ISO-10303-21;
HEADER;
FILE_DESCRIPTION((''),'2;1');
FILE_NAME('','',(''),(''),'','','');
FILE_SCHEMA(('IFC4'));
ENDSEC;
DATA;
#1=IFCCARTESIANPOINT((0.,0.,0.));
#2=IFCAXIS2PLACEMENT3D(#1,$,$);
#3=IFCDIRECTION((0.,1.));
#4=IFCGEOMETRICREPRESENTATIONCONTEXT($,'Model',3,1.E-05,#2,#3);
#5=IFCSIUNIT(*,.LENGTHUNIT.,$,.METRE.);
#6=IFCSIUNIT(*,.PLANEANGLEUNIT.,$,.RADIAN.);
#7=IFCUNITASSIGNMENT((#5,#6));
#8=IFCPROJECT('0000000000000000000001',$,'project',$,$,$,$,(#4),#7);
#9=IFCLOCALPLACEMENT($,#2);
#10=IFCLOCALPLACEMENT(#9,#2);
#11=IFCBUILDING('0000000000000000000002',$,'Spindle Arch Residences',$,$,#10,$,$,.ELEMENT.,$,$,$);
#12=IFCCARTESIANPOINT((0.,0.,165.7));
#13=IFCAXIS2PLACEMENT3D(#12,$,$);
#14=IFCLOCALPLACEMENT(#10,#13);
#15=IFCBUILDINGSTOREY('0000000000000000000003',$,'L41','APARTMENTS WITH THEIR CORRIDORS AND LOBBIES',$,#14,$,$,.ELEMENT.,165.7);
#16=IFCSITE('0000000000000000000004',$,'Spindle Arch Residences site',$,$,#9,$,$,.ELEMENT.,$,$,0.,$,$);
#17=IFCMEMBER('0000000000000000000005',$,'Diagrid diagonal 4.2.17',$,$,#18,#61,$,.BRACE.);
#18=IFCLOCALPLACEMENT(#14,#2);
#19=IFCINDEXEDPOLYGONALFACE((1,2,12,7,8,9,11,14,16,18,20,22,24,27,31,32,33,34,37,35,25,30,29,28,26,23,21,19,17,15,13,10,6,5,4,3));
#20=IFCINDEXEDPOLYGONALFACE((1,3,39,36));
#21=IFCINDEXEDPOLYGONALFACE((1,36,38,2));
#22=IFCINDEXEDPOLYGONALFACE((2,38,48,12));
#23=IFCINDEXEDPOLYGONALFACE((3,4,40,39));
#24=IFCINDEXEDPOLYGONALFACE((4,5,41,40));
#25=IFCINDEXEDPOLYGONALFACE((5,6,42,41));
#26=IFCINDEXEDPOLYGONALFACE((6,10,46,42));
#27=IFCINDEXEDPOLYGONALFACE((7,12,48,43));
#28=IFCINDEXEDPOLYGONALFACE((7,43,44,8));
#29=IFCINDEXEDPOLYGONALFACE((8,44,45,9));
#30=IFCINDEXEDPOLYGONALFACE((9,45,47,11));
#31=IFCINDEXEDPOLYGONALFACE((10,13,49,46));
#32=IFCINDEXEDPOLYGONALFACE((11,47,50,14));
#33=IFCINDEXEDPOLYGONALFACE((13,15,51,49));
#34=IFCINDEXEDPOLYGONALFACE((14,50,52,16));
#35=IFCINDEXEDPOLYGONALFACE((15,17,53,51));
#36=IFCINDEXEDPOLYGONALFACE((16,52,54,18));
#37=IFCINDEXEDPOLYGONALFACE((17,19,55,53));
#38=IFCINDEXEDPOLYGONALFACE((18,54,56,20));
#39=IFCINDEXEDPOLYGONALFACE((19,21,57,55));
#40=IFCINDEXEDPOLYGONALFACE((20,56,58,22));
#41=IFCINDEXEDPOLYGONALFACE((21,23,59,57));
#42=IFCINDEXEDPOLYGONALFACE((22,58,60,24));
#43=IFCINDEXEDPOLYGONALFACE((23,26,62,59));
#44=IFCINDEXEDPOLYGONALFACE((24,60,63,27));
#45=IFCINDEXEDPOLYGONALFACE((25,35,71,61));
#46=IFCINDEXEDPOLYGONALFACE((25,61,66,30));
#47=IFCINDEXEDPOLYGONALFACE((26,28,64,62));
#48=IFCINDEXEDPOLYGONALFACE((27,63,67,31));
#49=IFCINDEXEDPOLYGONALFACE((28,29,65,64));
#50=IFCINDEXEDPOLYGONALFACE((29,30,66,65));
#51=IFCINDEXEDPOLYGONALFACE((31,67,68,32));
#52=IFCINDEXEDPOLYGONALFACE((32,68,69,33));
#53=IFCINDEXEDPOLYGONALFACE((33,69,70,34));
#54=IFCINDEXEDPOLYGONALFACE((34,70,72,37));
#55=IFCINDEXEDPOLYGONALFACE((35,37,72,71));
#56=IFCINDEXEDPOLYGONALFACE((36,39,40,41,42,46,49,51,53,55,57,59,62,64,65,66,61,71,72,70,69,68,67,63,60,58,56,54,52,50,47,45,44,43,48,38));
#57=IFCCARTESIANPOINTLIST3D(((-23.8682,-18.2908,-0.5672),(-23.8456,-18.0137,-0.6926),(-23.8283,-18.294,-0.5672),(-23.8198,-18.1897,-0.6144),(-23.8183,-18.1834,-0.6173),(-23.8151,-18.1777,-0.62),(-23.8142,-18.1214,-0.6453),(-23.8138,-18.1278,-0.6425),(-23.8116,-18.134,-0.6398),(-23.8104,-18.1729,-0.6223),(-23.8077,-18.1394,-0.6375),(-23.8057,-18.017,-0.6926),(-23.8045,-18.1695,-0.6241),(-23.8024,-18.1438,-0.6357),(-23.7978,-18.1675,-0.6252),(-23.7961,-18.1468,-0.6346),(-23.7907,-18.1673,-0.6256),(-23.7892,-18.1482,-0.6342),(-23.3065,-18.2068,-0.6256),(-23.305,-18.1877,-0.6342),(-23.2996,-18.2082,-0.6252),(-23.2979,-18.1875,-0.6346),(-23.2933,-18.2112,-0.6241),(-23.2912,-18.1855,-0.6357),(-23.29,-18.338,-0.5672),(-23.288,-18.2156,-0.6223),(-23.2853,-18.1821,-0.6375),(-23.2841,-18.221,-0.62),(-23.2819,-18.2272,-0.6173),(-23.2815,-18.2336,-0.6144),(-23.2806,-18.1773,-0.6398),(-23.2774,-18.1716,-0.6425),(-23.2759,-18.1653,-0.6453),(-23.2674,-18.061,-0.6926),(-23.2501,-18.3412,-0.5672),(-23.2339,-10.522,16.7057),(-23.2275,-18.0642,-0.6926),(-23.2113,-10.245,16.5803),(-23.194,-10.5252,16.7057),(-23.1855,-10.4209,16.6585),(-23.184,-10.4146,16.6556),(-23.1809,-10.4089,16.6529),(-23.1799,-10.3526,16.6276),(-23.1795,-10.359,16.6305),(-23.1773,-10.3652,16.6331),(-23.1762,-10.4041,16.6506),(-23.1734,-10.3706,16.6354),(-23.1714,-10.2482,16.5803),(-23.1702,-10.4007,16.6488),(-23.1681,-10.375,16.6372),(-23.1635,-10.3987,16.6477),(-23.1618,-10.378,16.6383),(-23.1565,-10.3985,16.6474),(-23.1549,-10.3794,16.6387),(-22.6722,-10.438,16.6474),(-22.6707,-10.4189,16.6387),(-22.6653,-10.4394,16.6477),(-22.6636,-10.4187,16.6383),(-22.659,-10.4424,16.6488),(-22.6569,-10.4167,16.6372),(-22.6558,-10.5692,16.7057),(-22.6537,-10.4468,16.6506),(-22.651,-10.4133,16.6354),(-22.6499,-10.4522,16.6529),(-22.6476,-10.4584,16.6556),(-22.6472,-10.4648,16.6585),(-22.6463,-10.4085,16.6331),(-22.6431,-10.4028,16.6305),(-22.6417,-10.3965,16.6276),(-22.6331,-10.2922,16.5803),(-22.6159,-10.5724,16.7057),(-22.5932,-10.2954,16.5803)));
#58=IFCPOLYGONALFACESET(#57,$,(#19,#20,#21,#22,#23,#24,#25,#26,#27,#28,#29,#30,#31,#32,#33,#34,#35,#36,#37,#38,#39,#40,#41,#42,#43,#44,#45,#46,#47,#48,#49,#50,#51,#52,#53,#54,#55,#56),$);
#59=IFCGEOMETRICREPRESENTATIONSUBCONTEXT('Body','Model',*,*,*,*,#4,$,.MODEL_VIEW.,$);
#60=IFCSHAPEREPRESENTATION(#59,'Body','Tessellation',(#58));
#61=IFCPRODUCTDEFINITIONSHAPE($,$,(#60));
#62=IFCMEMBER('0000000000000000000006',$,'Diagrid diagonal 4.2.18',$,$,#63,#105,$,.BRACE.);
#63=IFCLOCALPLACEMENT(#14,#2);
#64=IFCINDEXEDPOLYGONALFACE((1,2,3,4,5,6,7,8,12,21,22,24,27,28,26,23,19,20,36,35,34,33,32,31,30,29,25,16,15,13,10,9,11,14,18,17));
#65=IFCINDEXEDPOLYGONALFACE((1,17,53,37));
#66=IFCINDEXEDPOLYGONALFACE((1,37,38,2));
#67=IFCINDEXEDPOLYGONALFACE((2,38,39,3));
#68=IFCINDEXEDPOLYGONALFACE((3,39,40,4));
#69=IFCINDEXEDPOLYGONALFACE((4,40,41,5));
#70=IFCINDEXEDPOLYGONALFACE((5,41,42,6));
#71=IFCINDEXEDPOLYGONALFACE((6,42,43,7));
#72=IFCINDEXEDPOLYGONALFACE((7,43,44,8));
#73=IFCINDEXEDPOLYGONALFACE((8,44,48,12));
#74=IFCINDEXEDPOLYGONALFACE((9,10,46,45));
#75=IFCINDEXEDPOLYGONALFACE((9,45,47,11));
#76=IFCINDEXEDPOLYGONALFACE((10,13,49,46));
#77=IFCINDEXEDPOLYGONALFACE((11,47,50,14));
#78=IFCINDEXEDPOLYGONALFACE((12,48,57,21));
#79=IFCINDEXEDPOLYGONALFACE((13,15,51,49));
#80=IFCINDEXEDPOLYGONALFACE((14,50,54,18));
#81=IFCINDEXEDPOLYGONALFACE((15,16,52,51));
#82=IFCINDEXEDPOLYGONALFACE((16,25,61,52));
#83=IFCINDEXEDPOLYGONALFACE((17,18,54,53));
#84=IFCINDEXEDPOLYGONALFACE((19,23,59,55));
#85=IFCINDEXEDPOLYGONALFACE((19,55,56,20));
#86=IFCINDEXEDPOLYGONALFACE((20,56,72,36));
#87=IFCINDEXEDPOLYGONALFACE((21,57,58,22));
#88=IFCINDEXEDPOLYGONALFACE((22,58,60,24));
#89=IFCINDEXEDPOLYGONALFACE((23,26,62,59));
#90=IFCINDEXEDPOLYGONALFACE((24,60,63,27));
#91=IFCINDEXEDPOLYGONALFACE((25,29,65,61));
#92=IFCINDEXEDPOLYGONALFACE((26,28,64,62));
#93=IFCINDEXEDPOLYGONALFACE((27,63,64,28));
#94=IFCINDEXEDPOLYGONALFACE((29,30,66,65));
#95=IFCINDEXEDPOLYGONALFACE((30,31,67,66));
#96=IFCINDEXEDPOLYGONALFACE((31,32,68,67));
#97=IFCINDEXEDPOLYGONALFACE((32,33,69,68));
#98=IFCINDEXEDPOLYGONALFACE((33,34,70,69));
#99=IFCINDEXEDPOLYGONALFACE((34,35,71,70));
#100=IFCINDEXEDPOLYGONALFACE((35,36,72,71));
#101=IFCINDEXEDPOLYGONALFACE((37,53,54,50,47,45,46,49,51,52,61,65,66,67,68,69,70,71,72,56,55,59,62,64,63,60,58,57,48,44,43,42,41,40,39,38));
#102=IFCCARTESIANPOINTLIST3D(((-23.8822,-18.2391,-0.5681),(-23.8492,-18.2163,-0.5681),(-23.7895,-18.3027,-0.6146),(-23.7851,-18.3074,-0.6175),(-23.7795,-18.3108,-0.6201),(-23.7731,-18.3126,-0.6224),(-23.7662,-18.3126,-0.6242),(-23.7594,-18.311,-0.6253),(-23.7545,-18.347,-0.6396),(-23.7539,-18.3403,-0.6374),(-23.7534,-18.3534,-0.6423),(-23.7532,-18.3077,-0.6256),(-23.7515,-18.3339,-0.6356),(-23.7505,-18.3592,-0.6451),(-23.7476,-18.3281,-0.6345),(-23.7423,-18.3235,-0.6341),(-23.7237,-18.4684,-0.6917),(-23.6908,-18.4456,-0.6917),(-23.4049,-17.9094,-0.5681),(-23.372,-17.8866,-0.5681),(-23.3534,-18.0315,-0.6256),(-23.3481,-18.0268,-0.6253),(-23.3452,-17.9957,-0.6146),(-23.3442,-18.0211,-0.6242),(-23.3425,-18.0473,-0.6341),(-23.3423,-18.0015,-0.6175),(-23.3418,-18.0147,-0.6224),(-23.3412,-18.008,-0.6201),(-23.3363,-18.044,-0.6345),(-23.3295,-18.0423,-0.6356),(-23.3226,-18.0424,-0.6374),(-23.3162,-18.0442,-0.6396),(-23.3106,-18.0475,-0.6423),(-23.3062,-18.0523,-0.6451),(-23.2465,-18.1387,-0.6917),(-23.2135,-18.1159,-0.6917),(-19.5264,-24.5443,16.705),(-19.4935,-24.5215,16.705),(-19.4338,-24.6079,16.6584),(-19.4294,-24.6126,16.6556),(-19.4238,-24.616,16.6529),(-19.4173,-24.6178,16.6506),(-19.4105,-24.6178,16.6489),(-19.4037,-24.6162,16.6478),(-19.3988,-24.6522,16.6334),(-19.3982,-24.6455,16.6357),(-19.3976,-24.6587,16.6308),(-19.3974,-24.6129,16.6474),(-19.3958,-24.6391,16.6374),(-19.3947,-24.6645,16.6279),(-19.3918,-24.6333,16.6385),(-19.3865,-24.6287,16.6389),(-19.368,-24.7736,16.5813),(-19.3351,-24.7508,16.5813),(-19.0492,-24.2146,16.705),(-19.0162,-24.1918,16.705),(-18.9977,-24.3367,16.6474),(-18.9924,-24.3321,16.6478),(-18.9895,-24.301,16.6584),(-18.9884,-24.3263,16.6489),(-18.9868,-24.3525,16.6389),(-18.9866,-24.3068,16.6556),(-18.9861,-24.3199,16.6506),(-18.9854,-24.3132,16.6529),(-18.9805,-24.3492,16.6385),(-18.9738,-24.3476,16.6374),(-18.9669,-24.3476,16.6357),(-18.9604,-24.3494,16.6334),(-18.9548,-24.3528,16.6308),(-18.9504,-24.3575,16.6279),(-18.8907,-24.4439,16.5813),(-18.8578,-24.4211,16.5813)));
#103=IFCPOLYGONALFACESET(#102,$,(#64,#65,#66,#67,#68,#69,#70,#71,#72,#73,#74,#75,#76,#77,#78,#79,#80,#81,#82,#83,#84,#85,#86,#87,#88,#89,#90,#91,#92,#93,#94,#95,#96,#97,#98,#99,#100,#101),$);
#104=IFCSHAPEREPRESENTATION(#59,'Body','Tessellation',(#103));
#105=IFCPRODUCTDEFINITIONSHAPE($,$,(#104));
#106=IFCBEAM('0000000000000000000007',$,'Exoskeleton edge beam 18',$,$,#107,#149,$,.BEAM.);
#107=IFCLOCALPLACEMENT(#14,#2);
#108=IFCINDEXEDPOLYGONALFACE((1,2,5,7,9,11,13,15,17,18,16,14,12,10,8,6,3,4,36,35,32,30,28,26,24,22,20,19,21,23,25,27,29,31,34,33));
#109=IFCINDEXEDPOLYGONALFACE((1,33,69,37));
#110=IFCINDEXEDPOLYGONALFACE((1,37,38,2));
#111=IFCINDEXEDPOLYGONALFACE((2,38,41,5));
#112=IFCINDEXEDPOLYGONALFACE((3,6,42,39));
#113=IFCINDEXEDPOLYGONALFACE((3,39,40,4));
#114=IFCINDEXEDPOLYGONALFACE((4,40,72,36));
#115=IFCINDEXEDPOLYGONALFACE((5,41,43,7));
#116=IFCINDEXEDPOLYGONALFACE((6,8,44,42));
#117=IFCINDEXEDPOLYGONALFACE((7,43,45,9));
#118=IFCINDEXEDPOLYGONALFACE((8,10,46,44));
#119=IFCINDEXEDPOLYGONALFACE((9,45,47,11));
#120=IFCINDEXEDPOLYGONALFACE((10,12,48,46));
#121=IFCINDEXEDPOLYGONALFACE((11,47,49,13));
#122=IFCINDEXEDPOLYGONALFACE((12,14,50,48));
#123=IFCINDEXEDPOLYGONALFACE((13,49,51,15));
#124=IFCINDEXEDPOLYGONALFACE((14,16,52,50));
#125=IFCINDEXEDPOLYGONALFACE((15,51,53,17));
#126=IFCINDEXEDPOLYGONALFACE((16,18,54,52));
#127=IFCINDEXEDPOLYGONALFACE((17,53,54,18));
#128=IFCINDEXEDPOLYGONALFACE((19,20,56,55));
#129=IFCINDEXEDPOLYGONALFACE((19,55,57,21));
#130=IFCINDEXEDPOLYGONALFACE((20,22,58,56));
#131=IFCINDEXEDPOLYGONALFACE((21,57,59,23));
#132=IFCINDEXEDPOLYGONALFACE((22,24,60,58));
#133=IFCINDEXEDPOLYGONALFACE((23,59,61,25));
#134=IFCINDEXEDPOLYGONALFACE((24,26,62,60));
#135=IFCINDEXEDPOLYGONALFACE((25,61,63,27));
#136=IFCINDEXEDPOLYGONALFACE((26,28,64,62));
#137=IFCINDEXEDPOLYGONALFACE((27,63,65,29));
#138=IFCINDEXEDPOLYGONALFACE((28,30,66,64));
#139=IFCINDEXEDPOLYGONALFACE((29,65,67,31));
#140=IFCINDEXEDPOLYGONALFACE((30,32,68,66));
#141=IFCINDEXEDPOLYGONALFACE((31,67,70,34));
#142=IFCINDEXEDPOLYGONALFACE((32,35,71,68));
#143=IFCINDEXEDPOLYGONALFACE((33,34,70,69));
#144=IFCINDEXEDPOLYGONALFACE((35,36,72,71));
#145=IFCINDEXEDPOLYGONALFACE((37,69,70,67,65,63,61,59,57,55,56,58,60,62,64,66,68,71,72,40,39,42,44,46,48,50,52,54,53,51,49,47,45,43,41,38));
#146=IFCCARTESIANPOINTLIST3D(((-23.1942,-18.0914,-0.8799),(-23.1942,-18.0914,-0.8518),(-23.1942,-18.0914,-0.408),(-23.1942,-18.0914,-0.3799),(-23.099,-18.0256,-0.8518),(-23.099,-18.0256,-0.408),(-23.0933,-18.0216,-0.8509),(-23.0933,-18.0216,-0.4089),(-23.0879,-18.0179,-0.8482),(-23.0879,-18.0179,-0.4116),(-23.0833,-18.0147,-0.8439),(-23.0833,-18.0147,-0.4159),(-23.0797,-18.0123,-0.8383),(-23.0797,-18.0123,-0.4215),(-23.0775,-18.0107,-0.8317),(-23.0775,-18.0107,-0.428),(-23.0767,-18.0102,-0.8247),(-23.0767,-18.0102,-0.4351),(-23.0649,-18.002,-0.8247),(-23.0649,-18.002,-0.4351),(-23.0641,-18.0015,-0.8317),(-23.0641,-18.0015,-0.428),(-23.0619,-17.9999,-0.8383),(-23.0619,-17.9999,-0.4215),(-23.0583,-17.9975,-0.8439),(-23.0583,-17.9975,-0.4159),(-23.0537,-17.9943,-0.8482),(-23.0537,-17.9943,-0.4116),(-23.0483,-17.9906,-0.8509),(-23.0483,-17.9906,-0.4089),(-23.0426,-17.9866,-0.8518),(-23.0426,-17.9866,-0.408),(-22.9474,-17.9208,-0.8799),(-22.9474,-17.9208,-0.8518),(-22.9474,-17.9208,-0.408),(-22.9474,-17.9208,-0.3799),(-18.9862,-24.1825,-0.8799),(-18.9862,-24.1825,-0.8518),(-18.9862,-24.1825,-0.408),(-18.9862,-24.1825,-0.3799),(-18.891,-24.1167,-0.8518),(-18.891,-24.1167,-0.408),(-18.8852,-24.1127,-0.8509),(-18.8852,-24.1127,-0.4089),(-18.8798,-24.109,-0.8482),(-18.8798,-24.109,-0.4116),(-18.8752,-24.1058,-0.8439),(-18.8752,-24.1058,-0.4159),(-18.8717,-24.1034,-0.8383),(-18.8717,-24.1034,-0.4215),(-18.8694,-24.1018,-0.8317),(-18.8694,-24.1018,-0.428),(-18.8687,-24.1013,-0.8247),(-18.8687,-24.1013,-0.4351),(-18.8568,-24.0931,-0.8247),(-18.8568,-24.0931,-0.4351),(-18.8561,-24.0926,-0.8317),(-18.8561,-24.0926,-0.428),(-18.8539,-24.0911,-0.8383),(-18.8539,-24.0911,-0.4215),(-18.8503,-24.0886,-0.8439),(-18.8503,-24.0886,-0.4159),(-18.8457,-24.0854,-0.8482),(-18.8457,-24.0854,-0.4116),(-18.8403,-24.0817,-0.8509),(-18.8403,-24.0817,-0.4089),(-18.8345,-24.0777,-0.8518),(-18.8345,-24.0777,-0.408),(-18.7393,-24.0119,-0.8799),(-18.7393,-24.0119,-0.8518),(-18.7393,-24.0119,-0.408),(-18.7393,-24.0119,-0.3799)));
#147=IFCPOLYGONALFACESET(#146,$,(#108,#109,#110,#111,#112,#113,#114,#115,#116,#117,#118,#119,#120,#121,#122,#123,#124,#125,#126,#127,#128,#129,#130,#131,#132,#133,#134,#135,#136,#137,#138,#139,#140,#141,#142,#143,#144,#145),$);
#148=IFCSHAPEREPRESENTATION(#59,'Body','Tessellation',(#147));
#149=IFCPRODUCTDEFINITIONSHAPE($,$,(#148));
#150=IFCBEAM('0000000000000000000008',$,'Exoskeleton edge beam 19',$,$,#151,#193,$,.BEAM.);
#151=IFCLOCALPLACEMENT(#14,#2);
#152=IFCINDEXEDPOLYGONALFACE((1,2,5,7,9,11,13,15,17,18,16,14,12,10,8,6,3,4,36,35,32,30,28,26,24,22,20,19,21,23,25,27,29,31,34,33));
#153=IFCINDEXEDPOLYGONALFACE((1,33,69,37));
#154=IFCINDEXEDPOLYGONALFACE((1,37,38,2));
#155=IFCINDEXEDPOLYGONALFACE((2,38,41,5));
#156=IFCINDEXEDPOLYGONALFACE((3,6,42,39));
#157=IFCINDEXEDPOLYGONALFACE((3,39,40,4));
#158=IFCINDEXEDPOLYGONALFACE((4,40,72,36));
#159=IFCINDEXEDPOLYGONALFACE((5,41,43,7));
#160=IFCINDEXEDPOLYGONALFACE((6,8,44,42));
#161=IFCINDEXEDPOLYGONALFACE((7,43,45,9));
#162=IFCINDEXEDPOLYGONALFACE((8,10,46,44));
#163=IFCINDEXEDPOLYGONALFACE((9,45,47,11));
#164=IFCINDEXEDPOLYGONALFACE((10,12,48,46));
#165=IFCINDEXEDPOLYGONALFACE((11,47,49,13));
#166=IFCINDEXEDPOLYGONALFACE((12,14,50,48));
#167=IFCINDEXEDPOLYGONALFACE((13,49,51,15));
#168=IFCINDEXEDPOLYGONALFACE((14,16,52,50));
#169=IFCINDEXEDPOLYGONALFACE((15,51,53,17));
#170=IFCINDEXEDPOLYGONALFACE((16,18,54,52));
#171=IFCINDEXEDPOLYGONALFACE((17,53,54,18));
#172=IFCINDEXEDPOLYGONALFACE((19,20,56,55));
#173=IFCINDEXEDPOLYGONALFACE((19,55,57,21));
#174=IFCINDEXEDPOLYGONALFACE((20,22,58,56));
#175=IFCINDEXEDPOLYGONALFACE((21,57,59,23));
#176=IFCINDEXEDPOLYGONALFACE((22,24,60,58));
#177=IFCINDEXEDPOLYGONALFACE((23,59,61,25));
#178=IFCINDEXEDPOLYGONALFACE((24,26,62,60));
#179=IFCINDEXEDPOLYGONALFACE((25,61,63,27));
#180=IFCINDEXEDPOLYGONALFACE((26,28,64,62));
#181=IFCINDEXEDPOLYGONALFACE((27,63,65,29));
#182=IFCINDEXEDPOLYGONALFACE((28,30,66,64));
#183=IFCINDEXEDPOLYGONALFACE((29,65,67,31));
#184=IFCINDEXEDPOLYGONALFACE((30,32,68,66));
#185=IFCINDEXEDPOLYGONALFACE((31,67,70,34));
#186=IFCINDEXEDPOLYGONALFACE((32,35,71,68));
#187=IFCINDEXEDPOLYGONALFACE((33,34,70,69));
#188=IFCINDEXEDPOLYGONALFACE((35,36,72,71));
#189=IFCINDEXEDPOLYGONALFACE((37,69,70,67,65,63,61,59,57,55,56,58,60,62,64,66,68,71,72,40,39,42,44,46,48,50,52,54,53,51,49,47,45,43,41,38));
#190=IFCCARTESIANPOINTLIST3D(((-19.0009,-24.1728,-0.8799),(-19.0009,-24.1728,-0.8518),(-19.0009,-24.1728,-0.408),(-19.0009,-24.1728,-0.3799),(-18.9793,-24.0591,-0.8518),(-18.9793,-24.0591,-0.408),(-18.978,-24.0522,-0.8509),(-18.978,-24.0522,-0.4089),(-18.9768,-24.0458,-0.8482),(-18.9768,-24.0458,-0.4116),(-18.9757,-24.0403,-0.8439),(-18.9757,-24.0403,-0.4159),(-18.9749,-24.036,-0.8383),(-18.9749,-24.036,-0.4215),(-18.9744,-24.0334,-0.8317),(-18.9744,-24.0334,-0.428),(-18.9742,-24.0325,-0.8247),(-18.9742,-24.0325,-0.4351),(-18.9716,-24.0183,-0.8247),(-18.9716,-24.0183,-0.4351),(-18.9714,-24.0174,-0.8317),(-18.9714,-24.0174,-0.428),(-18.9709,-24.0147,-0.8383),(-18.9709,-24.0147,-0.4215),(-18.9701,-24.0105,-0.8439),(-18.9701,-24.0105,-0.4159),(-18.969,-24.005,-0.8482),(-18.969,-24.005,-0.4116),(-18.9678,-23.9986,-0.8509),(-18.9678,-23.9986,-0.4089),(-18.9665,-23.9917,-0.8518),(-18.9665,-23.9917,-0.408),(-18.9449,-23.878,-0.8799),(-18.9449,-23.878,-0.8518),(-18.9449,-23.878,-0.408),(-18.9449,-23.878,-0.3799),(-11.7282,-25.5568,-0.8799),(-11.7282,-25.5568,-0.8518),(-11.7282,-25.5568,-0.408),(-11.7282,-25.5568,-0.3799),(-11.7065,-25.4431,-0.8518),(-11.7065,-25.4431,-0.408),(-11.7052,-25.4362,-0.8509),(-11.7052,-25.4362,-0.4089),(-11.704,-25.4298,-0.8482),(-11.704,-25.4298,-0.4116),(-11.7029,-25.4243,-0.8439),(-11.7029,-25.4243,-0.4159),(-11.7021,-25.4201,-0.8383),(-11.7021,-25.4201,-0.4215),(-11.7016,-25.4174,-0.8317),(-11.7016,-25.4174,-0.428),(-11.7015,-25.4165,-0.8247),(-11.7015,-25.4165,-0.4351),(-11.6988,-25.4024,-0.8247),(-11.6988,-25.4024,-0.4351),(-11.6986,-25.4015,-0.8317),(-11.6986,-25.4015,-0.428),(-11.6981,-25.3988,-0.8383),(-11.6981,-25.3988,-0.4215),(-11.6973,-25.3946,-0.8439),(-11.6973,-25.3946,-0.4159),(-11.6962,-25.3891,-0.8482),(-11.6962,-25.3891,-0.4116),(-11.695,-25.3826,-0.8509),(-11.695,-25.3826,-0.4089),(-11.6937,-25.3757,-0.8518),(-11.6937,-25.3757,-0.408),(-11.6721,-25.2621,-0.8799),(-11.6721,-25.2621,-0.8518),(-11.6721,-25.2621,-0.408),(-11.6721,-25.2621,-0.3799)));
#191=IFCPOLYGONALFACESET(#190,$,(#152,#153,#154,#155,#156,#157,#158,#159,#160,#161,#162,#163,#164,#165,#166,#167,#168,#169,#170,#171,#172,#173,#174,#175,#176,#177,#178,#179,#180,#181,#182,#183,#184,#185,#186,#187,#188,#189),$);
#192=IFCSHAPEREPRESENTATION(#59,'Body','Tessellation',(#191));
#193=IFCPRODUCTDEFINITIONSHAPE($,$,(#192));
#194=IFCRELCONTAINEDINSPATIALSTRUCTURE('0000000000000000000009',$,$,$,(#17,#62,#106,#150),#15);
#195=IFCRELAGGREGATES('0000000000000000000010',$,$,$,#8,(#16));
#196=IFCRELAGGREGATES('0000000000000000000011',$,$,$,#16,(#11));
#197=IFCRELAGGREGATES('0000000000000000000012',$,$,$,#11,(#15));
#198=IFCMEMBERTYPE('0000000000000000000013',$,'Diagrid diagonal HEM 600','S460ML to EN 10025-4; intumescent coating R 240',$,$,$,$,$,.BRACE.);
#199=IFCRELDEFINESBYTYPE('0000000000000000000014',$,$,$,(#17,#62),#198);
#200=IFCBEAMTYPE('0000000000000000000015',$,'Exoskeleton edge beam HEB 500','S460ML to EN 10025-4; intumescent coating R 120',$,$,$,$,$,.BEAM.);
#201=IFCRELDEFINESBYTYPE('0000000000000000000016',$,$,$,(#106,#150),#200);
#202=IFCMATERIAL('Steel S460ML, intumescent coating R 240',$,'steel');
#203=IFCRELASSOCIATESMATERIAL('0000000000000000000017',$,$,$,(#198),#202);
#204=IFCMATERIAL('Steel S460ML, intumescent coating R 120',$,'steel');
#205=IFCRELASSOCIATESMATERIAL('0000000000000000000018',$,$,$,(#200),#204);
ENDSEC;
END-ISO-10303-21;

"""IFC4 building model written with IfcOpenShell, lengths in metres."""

from ifc_helpers import new_model, si_unit, direction, frame, origin, origin_2d, place, context, subcontext, project, spatial, i_section, extrude, material, material_profile, profile_set, type_object, element, save


model = new_model("IFC4")

# Units and contexts
model_context = context("Model", 3, precision=1e-05, world=origin(), true_north=direction((0.0, 1.0)))
body_context = subcontext(model_context, "Body", "Model", "MODEL_VIEW")
ifc_project = project(units=[si_unit("LENGTHUNIT", "METRE"), si_unit("PLANEANGLEUNIT", "RADIAN")], contexts=[model_context])

# Site, building, storey
site_placement = place(None, origin())
site = spatial("IfcSite", under=ifc_project, at=site_placement, Name="Spindle Arch Residences site", CompositionType="ELEMENT", RefElevation=0.0)
building_placement = place(site_placement, origin())
building = spatial("IfcBuilding", under=site, at=building_placement, Name="Spindle Arch Residences", CompositionType="ELEMENT")
storey_placement = place(building_placement, frame((0.0, 0.0, 165.7)))
storey = spatial("IfcBuildingStorey", under=building, at=storey_placement, Name="L41", Description="APARTMENTS WITH THEIR CORRIDORS AND LOBBIES", CompositionType="ELEMENT", Elevation=165.7)

# Members
ifc_material_1 = material(Name="Steel S460ML, intumescent coating R 240", Category="steel")
ifc_material_profile_1 = material_profile(ifc_material_1, i_section(OverallWidth=0.3049, OverallDepth=0.6201, WebThickness=0.021, FlangeThickness=0.04, FilletRadius=0.0271, at=origin_2d()), Name="HEM 600")
ifc_profile_set_1 = profile_set([ifc_material_profile_1], Name="Steel S460ML, intumescent coating R 240")
member_type_1 = type_object("IfcMemberType", Name="Diagrid diagonal HEM 600", Description="S460ML to EN 10025-4; intumescent coating R 240", PredefinedType="BRACE", material=ifc_profile_set_1)
member_1_placement = place(storey_placement, frame((-23.5479, -18.1775, -0.6299), z_axis=(0.033471, 0.409958, 0.91149), x_axis=(-0.074171, -0.908467, 0.411322)))
element("IfcMember", 1, at=member_1_placement, inside=storey, type_object=member_type_1, Name="Diagrid diagonal 4.2.17", PredefinedType="BRACE", context=body_context, shape_type="SweptSolid", body=[
    extrude(i_section(OverallWidth=0.3049, OverallDepth=0.6201, WebThickness=0.021, FlangeThickness=0.04, FilletRadius=0.0271, at=origin_2d()), origin(), (0.0, 0.0, 1.0), 18.9502),
])
member_2_placement = place(storey_placement, frame((-23.5479, -18.1775, -0.6299), z_axis=(0.230502, -0.333667, 0.914076), x_axis=(-0.519542, 0.752071, 0.405543)))
element("IfcMember", 2, at=member_2_placement, inside=storey, type_object=member_type_1, Name="Diagrid diagonal 4.2.18", PredefinedType="BRACE", context=body_context, shape_type="SweptSolid", body=[
    extrude(i_section(OverallWidth=0.3049, OverallDepth=0.6201, WebThickness=0.021, FlangeThickness=0.04, FilletRadius=0.0271, at=origin_2d()), origin(), (0.0, 0.0, 1.0), 18.8967),
])

# Beams
ifc_material_2 = material(Name="Steel S460ML, intumescent coating R 120", Category="steel")
ifc_material_profile_2 = material_profile(ifc_material_2, i_section(OverallWidth=0.3, OverallDepth=0.5, WebThickness=0.0144, FlangeThickness=0.0281, FilletRadius=0.0271, at=origin_2d()), Name="HEB 500")
ifc_profile_set_2 = profile_set([ifc_material_profile_2], Name="Steel S460ML, intumescent coating R 120")
beam_type_1 = type_object("IfcBeamType", Name="Exoskeleton edge beam HEB 500", Description="S460ML to EN 10025-4; intumescent coating R 120", PredefinedType="BEAM", material=ifc_profile_set_2)
for number, where, z_axis, x_axis, name in (
    (3, (-23.0708, -18.0061, -0.6299), (0.568399, -0.822753, 0.0), (0.822753, 0.568399, 0.0), "Exoskeleton edge beam 18"),
    (4, (-18.9729, -24.0254, -0.6299), (0.982369, -0.18695, 0.0), (0.18695, 0.982369, 0.0), "Exoskeleton edge beam 19"),
):
    element("IfcBeam", number, at=place(storey_placement, frame(where, z_axis=z_axis, x_axis=x_axis)), inside=storey, type_object=beam_type_1, Name=name, PredefinedType="BEAM", context=body_context, shape_type="SweptSolid", body=[
        extrude(i_section(OverallWidth=0.3, OverallDepth=0.5, WebThickness=0.0144, FlangeThickness=0.0281, FilletRadius=0.0271, at=origin_2d()), origin(), (0.0, 0.0, 1.0), 7.4033),
    ])

save(model, "model.ifc")
